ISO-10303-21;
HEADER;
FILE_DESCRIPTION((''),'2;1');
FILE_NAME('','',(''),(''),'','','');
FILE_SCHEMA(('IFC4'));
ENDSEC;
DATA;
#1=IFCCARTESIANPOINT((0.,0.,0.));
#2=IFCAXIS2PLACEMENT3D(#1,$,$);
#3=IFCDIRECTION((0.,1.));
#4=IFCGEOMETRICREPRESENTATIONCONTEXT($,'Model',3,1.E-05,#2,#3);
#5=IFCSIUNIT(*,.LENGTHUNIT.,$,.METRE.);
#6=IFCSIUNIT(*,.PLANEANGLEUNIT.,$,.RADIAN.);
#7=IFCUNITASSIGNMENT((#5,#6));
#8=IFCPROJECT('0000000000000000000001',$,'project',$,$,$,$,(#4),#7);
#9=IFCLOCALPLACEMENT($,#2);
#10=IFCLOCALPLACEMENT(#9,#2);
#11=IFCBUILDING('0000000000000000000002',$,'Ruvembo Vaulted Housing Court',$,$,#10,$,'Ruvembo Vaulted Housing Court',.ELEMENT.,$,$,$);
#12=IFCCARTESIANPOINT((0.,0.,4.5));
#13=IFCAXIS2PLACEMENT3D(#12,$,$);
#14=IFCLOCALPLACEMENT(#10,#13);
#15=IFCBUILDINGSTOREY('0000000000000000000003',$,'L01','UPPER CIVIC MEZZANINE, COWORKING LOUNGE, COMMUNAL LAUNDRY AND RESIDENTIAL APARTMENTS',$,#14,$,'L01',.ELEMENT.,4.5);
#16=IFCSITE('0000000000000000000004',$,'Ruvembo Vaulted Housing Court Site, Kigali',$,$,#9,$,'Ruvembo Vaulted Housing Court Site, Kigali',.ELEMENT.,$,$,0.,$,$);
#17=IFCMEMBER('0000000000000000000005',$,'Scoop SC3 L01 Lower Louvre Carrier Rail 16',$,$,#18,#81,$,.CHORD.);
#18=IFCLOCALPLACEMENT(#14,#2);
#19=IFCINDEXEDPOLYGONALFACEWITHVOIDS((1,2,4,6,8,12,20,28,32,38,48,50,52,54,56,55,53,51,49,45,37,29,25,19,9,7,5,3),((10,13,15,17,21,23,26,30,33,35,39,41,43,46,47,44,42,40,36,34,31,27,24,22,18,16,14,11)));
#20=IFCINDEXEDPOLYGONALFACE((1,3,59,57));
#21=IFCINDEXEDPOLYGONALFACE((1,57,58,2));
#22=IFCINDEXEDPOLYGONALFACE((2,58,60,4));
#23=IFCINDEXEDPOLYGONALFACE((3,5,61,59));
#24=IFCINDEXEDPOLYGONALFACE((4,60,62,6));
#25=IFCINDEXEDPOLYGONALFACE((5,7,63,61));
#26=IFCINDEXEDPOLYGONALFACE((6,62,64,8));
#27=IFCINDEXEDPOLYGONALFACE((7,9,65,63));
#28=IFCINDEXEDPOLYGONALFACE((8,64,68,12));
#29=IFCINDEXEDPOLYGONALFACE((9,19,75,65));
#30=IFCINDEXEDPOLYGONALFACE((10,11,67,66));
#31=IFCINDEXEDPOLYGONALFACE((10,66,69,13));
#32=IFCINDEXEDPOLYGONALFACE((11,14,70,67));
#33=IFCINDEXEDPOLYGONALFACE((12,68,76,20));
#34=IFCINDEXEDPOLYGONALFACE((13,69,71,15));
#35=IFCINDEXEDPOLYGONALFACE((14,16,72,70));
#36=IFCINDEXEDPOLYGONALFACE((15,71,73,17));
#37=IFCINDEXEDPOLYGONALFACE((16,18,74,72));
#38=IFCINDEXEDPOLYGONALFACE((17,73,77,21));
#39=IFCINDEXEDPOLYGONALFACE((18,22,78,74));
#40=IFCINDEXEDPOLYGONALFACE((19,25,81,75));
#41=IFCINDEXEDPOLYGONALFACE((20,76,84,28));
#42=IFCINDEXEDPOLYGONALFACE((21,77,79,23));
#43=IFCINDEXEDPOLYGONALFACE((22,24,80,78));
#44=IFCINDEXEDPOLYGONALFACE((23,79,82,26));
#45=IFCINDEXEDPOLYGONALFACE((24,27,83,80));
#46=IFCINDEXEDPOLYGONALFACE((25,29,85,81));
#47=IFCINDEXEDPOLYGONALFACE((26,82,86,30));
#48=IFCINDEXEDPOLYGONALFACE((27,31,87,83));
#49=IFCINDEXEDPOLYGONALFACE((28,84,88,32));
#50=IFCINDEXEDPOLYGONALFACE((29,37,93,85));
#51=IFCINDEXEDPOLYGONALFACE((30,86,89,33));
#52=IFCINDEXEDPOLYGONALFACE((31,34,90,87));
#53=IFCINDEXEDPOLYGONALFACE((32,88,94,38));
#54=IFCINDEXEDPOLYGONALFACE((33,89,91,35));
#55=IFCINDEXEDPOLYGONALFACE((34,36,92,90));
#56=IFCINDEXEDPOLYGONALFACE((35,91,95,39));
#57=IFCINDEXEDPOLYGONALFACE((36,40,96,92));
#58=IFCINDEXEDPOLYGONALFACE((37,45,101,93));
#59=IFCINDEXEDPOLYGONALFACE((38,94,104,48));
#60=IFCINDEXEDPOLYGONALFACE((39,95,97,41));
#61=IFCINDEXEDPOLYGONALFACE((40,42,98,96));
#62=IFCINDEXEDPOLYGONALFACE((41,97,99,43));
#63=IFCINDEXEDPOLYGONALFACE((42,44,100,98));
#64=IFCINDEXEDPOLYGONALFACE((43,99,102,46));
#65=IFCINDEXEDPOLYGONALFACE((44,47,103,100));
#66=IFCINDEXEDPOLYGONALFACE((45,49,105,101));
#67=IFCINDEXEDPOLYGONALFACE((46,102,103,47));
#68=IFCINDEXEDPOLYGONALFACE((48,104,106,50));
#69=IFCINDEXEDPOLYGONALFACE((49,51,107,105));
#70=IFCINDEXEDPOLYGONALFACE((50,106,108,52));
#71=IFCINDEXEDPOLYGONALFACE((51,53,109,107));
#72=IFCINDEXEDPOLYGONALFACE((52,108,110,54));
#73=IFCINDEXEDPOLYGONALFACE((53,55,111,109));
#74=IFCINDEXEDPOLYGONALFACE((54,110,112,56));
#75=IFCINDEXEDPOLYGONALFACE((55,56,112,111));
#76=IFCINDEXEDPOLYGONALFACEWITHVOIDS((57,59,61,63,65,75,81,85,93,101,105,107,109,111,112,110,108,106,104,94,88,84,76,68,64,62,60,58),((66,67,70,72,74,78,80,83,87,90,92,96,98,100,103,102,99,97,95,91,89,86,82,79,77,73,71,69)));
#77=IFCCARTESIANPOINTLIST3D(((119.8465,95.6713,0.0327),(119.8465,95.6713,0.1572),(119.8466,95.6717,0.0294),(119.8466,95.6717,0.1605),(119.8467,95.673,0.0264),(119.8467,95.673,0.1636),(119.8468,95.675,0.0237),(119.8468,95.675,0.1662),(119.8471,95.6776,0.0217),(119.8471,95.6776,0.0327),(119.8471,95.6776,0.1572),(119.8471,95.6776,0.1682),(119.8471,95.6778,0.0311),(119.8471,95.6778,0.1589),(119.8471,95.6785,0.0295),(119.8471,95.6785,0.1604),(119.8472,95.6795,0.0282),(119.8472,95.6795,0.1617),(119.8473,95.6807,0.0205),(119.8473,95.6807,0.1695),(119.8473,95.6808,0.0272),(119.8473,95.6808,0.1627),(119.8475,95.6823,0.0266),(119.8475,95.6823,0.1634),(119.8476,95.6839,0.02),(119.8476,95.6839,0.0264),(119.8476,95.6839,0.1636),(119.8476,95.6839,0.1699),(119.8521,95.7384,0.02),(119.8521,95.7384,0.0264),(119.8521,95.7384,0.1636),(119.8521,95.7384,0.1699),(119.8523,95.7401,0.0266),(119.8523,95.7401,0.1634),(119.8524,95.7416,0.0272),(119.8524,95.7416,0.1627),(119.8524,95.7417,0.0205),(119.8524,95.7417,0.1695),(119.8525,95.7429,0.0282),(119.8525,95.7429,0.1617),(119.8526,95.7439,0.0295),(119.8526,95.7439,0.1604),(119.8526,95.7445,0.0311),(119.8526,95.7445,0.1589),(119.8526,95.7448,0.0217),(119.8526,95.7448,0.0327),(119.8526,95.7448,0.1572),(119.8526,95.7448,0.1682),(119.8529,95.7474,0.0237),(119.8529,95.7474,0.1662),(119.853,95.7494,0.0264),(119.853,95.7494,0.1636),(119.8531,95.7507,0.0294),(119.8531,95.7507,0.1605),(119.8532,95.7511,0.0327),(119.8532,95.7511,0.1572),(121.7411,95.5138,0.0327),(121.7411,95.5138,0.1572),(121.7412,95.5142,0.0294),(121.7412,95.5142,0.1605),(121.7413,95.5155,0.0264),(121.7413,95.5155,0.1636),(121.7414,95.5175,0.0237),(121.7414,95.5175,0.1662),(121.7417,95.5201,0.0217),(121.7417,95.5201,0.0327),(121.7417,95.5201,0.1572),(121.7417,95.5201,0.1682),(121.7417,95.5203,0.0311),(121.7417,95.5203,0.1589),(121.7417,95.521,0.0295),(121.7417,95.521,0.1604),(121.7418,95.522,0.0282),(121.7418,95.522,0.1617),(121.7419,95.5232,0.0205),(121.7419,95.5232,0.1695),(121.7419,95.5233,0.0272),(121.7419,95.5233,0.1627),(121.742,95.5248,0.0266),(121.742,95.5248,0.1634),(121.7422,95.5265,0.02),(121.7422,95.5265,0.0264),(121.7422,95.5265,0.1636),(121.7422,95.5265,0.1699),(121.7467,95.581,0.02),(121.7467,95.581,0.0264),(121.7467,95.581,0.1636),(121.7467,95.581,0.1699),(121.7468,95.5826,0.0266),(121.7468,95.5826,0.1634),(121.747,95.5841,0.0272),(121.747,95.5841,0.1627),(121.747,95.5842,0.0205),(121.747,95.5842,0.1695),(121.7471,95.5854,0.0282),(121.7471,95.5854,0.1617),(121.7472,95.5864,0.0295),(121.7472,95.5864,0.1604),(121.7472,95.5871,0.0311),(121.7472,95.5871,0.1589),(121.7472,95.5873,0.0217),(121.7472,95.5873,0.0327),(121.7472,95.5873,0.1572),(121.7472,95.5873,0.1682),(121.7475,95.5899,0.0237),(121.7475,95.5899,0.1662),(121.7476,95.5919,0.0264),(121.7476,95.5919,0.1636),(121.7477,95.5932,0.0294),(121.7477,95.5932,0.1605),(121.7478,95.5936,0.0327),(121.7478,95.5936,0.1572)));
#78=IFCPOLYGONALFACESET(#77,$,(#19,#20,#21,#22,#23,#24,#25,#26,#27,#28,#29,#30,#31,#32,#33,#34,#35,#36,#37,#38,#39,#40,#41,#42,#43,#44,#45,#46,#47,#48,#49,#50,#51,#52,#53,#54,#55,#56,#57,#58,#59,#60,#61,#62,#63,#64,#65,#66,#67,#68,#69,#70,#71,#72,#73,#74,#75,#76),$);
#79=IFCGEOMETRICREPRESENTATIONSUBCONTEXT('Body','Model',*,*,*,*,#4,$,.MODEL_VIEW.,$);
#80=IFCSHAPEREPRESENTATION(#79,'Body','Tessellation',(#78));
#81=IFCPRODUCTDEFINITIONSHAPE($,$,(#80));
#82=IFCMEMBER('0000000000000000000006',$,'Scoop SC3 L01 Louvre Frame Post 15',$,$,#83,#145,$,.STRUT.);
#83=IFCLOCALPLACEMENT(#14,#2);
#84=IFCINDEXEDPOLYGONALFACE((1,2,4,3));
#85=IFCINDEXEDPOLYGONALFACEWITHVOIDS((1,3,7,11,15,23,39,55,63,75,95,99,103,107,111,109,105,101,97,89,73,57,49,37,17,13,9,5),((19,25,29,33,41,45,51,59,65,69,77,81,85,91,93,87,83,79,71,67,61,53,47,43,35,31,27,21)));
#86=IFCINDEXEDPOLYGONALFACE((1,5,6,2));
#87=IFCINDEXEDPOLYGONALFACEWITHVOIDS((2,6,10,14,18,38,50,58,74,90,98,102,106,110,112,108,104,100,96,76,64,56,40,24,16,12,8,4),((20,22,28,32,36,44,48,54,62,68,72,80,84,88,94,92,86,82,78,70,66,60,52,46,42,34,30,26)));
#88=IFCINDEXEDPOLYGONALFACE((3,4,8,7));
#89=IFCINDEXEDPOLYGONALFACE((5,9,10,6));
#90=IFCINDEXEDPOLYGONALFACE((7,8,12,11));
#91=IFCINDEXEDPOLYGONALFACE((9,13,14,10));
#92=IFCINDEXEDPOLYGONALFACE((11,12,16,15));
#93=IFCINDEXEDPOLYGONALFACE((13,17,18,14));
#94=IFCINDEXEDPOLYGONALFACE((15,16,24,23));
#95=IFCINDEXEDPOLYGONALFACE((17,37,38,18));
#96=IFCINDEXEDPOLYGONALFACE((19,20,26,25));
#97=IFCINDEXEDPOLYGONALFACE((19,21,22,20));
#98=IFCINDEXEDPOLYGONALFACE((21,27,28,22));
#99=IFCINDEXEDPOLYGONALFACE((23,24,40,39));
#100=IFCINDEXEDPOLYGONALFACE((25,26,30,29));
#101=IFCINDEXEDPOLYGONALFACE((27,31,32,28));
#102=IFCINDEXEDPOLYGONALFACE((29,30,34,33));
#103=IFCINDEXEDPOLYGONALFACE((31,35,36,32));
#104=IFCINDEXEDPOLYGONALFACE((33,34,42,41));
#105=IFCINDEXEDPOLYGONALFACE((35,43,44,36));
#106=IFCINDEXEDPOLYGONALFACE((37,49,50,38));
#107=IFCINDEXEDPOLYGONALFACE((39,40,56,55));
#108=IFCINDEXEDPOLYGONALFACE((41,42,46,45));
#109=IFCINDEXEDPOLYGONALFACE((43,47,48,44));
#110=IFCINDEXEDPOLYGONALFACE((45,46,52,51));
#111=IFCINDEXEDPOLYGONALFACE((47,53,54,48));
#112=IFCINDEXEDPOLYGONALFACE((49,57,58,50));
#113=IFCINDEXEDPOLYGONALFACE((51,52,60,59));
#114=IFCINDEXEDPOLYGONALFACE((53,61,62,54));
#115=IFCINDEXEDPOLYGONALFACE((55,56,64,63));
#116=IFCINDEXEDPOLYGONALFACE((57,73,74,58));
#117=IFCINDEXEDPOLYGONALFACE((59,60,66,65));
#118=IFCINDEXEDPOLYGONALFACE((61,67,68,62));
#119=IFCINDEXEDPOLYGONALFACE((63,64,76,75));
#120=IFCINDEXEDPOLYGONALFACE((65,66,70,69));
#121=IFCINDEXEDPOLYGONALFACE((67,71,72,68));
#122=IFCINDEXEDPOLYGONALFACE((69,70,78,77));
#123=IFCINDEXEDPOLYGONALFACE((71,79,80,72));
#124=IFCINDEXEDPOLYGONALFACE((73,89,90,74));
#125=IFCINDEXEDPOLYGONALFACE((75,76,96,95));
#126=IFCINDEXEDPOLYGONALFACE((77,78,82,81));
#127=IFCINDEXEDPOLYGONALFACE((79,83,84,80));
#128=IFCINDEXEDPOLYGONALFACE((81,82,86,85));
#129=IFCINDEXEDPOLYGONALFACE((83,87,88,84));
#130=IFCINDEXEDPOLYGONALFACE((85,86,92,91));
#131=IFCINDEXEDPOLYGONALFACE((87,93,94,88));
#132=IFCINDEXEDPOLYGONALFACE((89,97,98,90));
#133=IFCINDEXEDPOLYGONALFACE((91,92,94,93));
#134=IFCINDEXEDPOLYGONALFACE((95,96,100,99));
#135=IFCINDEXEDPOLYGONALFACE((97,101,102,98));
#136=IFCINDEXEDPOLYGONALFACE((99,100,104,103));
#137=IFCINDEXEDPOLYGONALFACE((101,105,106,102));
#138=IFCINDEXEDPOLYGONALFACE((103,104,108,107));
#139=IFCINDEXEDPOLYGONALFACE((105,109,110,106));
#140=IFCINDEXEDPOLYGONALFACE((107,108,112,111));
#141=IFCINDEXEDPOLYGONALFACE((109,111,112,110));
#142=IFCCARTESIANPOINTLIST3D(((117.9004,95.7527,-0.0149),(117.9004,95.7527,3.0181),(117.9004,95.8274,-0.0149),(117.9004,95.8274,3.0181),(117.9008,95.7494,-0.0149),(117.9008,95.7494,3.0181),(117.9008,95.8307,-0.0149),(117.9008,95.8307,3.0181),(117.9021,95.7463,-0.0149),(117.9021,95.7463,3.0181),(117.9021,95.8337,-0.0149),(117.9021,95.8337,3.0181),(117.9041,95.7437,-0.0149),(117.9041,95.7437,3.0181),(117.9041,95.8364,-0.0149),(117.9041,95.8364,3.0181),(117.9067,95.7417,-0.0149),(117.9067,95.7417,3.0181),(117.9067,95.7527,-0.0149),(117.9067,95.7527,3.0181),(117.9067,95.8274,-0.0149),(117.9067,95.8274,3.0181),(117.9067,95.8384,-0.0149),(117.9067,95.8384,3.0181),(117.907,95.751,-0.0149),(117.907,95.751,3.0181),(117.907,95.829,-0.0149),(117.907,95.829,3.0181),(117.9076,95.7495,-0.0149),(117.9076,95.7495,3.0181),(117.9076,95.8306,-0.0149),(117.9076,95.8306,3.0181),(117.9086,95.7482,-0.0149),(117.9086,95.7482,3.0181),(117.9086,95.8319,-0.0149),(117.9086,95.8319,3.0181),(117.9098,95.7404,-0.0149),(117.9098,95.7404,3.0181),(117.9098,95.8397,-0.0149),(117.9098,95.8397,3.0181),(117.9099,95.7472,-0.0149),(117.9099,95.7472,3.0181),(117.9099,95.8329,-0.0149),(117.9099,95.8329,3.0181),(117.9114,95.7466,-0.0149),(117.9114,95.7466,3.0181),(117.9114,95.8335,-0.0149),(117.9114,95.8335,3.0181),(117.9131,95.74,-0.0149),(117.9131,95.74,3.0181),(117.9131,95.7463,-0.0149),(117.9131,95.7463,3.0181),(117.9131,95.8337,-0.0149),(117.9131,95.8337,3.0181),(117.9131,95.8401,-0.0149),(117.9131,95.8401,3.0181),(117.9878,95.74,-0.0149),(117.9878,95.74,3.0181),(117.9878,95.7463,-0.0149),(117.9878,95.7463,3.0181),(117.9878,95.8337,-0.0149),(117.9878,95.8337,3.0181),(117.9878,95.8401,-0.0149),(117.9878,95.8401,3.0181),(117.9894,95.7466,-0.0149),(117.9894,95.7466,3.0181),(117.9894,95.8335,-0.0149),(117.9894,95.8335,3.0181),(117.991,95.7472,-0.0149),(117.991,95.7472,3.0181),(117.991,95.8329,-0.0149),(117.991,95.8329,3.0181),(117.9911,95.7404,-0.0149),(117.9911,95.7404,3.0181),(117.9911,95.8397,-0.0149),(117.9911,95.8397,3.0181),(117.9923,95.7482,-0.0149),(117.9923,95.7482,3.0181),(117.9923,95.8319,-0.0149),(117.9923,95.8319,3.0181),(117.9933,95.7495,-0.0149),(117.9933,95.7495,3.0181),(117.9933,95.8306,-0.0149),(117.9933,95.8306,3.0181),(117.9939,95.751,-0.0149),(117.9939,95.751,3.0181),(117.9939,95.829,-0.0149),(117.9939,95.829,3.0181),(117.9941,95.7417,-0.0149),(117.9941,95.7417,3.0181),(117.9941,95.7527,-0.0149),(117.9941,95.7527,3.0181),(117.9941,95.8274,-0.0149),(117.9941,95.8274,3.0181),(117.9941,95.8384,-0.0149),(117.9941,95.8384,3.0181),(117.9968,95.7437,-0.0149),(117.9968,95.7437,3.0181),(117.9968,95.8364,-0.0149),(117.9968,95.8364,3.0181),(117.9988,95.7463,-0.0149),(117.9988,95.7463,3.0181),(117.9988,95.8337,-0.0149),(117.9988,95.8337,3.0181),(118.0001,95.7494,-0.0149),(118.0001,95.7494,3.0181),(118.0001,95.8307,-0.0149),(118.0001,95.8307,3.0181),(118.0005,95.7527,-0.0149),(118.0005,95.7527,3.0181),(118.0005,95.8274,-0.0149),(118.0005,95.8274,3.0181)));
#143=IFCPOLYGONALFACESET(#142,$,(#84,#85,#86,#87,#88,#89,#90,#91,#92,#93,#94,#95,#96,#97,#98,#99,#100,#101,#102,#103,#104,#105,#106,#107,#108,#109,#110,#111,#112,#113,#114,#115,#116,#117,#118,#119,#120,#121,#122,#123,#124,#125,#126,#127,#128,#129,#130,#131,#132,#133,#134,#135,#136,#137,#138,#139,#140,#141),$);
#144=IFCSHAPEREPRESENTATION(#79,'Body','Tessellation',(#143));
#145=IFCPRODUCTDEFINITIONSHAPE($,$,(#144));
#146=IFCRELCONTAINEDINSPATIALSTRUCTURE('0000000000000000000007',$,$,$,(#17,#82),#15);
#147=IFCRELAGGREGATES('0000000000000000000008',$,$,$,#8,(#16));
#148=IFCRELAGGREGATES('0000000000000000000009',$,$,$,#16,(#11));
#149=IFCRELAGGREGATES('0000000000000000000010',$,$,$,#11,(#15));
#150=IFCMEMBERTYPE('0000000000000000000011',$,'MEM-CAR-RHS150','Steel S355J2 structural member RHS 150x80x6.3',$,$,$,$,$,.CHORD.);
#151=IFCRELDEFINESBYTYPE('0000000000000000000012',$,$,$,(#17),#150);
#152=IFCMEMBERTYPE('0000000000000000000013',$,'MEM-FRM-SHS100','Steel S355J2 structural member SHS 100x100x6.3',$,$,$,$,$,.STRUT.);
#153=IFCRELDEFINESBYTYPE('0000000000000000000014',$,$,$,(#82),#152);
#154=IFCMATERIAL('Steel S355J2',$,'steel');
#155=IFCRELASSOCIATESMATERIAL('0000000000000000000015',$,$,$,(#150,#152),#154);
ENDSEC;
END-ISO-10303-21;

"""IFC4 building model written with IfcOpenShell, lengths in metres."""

from ifc_helpers import new_model, si_unit, direction, frame, origin, origin_2d, place, context, subcontext, project, spatial, hollow_rectangle, extrude, material, material_profile, profile_set, type_object, element, save


model = new_model("IFC4")

# Units and contexts
model_context = context("Model", 3, precision=1e-05, world=origin(), true_north=direction((0.0, 1.0)))
body_context = subcontext(model_context, "Body", "Model", "MODEL_VIEW")
ifc_project = project(units=[si_unit("LENGTHUNIT", "METRE"), si_unit("PLANEANGLEUNIT", "RADIAN")], contexts=[model_context])

# Site, building, storey
site_placement = place(None, origin())
site = spatial("IfcSite", under=ifc_project, at=site_placement, Name="Ruvembo Vaulted Housing Court Site, Kigali", LongName="Ruvembo Vaulted Housing Court Site, Kigali", CompositionType="ELEMENT", RefElevation=0.0)
building_placement = place(site_placement, origin())
building = spatial("IfcBuilding", under=site, at=building_placement, Name="Ruvembo Vaulted Housing Court", LongName="Ruvembo Vaulted Housing Court", CompositionType="ELEMENT")
storey_placement = place(building_placement, frame((0.0, 0.0, 4.5)))
storey = spatial("IfcBuildingStorey", under=building, at=storey_placement, Name="L01", Description="UPPER CIVIC MEZZANINE, COWORKING LOUNGE, COMMUNAL LAUNDRY AND RESIDENTIAL APARTMENTS", LongName="L01", CompositionType="ELEMENT", Elevation=4.5)

# Shared definitions
ifc_material_1 = material(Name="Steel S355J2", Category="steel")

# Members
ifc_material_profile_1 = material_profile(ifc_material_1, hollow_rectangle(XDim=0.0801, YDim=0.1499, WallThickness=0.0063, InnerFilletRadius=0.0063, OuterFilletRadius=0.0127, at=origin_2d()), Name="RHS 150x80x6.3")
ifc_profile_set_1 = profile_set([ifc_material_profile_1], Name="Steel S355J2")
member_type_1 = type_object("IfcMemberType", Name="MEM-CAR-RHS150", Description="Steel S355J2 structural member RHS 150x80x6.3", PredefinedType="CHORD", material=ifc_profile_set_1)
for number, where, z_axis, x_axis, name in (
    (1, (119.8499, 95.7112, 0.095), (0.996563, -0.082833, 0.0), (0.082833, 0.996563, 0.0), "Scoop SC3 L01 Lower Louvre Carrier Rail 16"),
):
    element("IfcMember", number, at=place(storey_placement, frame(where, z_axis=z_axis, x_axis=x_axis)), inside=storey, type_object=member_type_1, Name=name, PredefinedType="CHORD", context=body_context, shape_type="SweptSolid", body=[
        extrude(hollow_rectangle(XDim=0.0801, YDim=0.1499, WallThickness=0.0063, InnerFilletRadius=0.0063, OuterFilletRadius=0.0127, at=origin_2d()), origin(), (0.0, 0.0, 1.0), 1.9011),
    ])
ifc_material_profile_2 = material_profile(ifc_material_1, hollow_rectangle(XDim=0.1001, YDim=0.1001, WallThickness=0.0063, InnerFilletRadius=0.0063, OuterFilletRadius=0.0127, at=origin_2d()), Name="SHS 100x100x6.3")
ifc_profile_set_2 = profile_set([ifc_material_profile_2], Name="Steel S355J2")
member_type_2 = type_object("IfcMemberType", Name="MEM-FRM-SHS100", Description="Steel S355J2 structural member SHS 100x100x6.3", PredefinedType="STRUT", material=ifc_profile_set_2)
for number, where, z_axis, x_axis, name in (
    (2, (117.9504, 95.79, -0.0149), (0.0, 0.0, 1.0), (1.0, 0.0, 0.0), "Scoop SC3 L01 Louvre Frame Post 15"),
):
    element("IfcMember", number, at=place(storey_placement, frame(where, z_axis=z_axis, x_axis=x_axis)), inside=storey, type_object=member_type_2, Name=name, PredefinedType="STRUT", context=body_context, shape_type="SweptSolid", body=[
        extrude(hollow_rectangle(XDim=0.1001, YDim=0.1001, WallThickness=0.0063, InnerFilletRadius=0.0063, OuterFilletRadius=0.0127, at=origin_2d()), origin(), (0.0, 0.0, 1.0), 3.033),
    ])

save(model, "model.ifc")
